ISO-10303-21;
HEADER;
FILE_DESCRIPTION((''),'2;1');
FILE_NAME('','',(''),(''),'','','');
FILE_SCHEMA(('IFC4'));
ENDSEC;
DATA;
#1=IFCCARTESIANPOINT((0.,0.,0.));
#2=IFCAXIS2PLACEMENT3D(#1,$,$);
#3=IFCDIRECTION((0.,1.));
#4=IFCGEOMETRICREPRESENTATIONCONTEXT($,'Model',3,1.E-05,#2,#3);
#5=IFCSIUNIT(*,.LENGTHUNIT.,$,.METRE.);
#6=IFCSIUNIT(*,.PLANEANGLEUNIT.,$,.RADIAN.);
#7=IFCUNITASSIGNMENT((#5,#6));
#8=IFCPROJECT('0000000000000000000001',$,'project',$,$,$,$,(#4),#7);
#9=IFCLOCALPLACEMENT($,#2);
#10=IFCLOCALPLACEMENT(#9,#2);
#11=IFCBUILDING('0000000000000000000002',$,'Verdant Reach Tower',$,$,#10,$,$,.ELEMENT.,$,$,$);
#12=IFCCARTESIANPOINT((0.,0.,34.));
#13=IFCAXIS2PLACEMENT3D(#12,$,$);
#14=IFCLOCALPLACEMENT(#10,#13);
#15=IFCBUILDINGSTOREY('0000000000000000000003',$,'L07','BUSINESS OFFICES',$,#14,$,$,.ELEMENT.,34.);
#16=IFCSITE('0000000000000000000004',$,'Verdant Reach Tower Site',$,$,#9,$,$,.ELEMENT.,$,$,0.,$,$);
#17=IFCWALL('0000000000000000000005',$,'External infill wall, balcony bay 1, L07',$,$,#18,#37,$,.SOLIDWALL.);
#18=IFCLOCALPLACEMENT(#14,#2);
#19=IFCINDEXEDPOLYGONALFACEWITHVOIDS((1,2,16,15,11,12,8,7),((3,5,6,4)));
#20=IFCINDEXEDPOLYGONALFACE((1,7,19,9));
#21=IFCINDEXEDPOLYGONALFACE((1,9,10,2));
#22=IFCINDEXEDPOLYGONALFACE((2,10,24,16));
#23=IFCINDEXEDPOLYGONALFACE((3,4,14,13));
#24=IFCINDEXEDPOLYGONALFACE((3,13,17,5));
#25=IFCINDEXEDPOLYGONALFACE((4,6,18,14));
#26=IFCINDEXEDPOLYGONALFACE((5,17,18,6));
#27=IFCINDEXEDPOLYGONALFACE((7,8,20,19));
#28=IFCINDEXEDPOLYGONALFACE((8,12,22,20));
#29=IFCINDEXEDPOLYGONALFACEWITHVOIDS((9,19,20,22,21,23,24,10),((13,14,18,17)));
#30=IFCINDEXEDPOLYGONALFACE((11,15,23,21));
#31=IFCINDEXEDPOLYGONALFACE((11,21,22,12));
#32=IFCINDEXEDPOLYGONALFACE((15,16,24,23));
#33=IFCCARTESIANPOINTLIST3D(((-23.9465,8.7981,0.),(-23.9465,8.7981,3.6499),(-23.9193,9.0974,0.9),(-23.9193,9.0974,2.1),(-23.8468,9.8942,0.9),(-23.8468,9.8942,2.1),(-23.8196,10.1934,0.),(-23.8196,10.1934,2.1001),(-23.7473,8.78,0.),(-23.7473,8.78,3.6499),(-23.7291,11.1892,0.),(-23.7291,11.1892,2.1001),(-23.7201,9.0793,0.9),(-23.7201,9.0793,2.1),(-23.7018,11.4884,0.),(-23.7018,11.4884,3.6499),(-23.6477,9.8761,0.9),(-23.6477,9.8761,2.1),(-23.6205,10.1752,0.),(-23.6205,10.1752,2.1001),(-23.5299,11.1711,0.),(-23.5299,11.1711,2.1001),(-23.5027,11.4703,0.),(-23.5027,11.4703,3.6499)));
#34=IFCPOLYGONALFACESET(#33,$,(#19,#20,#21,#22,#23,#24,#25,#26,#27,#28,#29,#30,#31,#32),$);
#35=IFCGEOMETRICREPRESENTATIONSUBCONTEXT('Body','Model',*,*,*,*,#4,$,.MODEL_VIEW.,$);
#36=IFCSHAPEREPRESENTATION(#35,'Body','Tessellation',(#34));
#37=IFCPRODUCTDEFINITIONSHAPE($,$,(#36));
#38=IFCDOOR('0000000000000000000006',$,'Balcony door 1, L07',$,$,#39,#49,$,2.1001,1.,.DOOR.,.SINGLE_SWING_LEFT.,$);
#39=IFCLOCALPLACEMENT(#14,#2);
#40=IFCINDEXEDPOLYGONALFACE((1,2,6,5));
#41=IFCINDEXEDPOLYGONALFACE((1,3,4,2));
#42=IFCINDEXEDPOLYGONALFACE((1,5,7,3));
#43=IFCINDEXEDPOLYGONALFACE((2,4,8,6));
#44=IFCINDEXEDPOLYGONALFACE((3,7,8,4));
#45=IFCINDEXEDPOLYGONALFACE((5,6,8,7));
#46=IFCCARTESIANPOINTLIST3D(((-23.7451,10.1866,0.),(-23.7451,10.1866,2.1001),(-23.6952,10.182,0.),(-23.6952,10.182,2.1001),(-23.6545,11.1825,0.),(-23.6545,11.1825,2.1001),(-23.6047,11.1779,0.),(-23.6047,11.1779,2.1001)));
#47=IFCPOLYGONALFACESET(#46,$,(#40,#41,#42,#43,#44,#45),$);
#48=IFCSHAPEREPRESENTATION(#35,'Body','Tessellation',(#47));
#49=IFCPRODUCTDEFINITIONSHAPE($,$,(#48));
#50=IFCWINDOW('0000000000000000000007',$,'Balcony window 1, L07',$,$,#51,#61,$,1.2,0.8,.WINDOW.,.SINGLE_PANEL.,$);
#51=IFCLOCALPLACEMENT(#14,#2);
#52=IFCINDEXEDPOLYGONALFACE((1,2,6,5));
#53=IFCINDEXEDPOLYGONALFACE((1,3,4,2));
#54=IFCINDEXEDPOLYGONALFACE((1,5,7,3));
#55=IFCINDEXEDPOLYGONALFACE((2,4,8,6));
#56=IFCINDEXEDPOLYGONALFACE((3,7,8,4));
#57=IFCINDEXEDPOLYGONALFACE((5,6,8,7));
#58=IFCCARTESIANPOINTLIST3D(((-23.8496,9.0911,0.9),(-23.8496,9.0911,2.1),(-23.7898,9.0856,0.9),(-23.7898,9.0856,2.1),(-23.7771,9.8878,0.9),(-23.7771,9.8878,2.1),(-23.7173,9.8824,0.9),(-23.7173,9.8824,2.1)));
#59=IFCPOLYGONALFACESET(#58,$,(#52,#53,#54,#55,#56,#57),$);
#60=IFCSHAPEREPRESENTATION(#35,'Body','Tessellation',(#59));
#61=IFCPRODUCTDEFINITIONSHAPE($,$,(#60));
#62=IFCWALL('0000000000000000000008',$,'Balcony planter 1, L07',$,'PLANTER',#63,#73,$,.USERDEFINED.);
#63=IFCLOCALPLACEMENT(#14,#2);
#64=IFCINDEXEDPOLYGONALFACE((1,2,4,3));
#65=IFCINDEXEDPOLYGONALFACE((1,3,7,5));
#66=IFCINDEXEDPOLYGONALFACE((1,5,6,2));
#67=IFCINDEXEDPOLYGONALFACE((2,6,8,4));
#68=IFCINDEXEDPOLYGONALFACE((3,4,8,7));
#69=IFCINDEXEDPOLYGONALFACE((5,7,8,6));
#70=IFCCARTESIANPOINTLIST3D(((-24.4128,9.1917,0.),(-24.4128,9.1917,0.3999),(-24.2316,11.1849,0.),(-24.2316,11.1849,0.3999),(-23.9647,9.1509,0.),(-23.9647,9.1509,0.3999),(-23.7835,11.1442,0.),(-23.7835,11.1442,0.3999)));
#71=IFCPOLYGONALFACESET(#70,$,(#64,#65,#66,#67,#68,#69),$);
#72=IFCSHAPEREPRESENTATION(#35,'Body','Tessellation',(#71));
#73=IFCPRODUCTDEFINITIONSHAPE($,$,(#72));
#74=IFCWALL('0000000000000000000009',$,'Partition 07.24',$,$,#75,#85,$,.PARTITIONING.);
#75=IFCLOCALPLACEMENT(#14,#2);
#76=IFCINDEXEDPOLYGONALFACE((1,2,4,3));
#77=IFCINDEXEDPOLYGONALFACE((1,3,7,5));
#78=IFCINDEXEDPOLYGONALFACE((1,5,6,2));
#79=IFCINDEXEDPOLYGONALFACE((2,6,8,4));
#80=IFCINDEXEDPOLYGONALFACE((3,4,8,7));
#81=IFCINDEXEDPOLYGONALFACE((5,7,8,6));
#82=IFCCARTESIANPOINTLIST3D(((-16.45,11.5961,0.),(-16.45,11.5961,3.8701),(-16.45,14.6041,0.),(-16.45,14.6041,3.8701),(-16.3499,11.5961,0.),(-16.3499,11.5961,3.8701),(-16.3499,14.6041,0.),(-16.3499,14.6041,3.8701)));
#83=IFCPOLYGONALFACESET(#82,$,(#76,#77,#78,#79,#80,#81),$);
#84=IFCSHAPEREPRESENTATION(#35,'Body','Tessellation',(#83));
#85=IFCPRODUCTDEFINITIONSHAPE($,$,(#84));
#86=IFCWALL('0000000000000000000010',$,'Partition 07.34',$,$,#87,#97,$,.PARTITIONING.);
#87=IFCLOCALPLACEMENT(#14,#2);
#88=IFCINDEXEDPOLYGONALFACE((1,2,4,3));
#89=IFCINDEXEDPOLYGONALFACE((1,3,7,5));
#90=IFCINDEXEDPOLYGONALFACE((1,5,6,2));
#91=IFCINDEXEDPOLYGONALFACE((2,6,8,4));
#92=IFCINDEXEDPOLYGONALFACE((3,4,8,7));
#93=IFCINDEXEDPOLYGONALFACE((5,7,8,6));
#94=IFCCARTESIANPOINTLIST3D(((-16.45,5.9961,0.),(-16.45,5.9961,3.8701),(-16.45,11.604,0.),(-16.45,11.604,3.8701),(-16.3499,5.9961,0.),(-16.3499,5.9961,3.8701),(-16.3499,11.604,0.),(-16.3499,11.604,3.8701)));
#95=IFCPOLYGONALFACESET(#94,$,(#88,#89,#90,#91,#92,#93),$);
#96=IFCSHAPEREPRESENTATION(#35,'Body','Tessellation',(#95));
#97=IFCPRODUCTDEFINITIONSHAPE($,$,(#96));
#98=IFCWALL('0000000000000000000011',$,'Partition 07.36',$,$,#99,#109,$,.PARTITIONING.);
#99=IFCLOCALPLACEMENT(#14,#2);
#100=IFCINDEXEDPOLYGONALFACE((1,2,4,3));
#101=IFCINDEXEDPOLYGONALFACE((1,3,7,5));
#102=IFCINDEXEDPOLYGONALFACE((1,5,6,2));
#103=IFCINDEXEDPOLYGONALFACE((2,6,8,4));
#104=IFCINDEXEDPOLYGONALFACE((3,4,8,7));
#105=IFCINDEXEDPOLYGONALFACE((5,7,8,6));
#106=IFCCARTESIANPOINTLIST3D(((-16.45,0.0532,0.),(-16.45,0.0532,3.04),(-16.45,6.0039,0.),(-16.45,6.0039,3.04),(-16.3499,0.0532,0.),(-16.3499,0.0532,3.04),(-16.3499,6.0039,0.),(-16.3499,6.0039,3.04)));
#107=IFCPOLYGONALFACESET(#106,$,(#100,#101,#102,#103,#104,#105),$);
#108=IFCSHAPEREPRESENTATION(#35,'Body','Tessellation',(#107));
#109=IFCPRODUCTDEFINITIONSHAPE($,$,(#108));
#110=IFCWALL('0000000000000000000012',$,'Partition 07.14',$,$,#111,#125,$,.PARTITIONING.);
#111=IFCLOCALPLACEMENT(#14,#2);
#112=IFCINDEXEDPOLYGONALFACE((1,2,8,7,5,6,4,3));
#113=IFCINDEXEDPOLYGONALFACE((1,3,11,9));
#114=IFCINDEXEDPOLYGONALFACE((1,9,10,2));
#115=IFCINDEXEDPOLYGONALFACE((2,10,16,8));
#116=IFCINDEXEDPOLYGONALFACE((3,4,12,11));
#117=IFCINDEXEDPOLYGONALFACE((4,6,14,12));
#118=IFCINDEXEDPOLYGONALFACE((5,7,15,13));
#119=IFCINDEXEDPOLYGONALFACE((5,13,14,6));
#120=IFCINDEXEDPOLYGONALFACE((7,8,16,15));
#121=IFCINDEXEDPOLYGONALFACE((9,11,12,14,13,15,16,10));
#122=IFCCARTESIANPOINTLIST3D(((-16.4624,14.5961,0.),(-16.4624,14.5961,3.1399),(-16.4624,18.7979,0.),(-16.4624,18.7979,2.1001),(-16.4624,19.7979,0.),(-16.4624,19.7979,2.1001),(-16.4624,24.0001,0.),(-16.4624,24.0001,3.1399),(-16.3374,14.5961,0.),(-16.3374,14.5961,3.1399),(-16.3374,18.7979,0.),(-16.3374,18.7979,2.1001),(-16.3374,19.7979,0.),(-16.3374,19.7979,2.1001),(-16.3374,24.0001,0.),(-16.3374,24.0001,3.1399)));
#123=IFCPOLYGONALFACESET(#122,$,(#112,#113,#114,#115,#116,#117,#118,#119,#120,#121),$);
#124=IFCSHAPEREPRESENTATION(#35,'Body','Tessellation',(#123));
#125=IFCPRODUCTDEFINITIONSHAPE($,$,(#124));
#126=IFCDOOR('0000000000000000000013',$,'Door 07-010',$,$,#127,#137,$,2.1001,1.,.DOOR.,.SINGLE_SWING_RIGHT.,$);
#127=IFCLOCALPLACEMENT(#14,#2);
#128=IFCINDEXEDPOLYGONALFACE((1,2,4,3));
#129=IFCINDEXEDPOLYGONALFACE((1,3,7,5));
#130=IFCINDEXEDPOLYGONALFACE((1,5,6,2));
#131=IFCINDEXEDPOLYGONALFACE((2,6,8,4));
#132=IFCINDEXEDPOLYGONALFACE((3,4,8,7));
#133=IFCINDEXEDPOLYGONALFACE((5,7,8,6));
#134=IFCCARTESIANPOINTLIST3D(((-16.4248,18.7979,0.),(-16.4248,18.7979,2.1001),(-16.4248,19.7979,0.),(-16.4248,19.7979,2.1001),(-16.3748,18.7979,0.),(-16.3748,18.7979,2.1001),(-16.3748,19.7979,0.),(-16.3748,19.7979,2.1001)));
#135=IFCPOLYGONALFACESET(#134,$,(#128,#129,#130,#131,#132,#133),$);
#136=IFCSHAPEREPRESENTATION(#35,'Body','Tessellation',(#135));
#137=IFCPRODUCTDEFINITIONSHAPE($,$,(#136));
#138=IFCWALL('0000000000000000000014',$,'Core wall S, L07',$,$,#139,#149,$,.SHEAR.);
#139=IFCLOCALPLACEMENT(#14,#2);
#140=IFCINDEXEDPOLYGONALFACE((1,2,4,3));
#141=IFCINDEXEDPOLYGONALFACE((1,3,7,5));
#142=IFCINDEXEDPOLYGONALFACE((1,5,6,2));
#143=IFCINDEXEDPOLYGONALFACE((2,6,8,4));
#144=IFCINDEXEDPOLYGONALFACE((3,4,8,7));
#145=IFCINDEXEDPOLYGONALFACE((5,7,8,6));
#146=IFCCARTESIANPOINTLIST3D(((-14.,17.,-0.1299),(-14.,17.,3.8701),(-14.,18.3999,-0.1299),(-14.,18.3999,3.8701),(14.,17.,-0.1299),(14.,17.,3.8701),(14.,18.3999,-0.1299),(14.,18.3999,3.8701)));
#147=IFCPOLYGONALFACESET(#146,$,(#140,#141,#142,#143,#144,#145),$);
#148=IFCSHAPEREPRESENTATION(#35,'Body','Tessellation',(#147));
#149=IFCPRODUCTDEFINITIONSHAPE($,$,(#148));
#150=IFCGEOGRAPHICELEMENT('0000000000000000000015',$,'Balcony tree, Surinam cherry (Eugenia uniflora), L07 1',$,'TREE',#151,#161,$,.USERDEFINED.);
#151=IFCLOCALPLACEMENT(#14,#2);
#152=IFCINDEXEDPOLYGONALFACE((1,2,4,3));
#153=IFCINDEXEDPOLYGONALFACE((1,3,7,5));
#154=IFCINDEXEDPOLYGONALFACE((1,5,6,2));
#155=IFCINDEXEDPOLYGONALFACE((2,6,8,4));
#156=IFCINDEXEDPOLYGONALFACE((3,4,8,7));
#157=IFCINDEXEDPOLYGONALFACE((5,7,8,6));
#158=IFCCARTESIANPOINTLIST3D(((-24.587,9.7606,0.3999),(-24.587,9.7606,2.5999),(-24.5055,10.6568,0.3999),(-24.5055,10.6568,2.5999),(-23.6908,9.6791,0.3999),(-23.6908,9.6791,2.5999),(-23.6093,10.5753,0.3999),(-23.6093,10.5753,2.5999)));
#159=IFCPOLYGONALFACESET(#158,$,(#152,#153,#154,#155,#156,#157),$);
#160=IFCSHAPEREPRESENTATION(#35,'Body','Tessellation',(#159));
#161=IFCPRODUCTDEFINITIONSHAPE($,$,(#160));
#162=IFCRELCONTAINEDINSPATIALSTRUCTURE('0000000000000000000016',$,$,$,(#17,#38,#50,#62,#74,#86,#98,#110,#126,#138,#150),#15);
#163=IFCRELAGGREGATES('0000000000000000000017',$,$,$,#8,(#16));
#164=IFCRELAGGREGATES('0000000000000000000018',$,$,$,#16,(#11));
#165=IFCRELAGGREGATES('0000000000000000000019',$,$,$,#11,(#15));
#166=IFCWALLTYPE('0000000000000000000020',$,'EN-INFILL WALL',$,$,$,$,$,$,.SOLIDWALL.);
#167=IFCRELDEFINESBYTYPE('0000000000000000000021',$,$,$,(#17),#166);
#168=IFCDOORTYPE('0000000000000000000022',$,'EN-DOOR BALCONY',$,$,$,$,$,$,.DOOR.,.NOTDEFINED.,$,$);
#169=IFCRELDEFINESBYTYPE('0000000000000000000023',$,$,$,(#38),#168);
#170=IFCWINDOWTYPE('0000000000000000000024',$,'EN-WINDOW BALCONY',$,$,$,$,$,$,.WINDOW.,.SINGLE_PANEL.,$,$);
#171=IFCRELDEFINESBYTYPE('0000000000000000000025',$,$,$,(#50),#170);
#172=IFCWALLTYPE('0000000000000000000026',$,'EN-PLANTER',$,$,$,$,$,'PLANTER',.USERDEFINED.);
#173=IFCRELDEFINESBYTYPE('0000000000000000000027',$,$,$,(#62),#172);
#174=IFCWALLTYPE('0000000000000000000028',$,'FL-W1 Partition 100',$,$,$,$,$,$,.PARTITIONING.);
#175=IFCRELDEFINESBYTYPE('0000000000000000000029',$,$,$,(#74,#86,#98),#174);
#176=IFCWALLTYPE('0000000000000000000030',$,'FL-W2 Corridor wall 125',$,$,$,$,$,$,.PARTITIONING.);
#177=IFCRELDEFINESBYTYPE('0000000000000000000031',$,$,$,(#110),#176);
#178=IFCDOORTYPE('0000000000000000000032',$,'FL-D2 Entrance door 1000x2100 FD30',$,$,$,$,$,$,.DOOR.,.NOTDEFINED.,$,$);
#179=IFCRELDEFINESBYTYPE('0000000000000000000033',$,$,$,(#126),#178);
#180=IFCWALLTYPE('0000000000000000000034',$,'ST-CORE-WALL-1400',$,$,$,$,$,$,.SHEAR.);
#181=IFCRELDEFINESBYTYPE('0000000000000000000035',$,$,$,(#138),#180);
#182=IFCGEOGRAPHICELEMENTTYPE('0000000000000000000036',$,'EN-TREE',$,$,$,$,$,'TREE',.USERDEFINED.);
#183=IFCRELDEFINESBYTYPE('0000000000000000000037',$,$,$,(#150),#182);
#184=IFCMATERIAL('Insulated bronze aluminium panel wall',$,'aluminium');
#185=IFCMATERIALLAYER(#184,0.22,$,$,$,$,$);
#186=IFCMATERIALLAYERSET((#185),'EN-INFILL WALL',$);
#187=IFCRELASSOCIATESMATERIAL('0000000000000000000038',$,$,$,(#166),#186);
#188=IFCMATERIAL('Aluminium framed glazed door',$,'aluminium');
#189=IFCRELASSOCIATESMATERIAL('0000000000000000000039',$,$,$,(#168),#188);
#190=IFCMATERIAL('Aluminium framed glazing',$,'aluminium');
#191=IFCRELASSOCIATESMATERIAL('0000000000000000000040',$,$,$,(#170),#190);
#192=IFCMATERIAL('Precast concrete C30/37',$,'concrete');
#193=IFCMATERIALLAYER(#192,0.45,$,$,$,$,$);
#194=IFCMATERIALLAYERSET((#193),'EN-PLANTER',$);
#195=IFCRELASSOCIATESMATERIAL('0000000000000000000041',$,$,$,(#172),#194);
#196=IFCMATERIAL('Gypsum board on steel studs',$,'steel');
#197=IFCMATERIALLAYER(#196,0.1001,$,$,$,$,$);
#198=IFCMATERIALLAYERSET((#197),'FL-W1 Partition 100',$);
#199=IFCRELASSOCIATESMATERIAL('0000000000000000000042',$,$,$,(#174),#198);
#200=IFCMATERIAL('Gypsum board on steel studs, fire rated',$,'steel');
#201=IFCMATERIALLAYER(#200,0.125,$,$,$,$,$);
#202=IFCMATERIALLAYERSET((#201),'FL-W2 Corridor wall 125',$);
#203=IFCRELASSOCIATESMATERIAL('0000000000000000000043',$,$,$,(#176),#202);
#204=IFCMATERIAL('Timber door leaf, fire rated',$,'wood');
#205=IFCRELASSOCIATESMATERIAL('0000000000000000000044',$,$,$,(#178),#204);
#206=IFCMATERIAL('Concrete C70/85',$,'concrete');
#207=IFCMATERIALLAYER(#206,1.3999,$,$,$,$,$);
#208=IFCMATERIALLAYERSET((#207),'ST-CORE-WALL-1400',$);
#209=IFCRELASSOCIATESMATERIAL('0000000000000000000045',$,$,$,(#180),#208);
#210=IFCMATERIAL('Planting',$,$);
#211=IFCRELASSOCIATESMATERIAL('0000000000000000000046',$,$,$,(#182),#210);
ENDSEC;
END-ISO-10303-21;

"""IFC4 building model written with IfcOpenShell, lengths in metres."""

from ifc_helpers import new_model, si_unit, direction, frame, frame_2d, origin, origin_2d, place, context, subcontext, project, spatial, rectangle, extrude, material, layer, layer_set, type_object, element, fill, save


model = new_model("IFC4")

# Units and contexts
model_context = context("Model", 3, precision=1e-05, world=origin(), true_north=direction((0.0, 1.0)))
body_context = subcontext(model_context, "Body", "Model", "MODEL_VIEW")
ifc_project = project(units=[si_unit("LENGTHUNIT", "METRE"), si_unit("PLANEANGLEUNIT", "RADIAN")], contexts=[model_context])

# Site, building, storey
site_placement = place(None, origin())
site = spatial("IfcSite", under=ifc_project, at=site_placement, Name="Verdant Reach Tower Site", CompositionType="ELEMENT", RefElevation=0.0)
building_placement = place(site_placement, origin())
building = spatial("IfcBuilding", under=site, at=building_placement, Name="Verdant Reach Tower", CompositionType="ELEMENT")
storey_placement = place(building_placement, frame((0.0, 0.0, 34.0)))
storey = spatial("IfcBuildingStorey", under=building, at=storey_placement, Name="L07", Description="BUSINESS OFFICES", CompositionType="ELEMENT", Elevation=34.0)

# Wall, openings, door, window
ifc_material_1 = material(Name="Insulated bronze aluminium panel wall", Category="aluminium")
ifc_layer_1 = layer(ifc_material_1, 0.22)
ifc_layer_set_1 = layer_set([ifc_layer_1], Name="EN-INFILL WALL")
wall_type_1 = type_object("IfcWallType", Name="EN-INFILL WALL", PredefinedType="SOLIDWALL", material=ifc_layer_set_1)
wall_1_placement = place(storey_placement, frame((-23.6023, 11.4792, 0.0), z_axis=(0.0, 0.0, 1.0), x_axis=(-0.090552, -0.995892, 0.0)))
wall_1 = element("IfcWall", 1, at=wall_1_placement, inside=storey, type_object=wall_type_1, Name="External infill wall, balcony bay 1, L07", PredefinedType="SOLIDWALL", context=body_context, shape_type="SweptSolid", body=[
    extrude(rectangle(XDim=2.7014, YDim=0.2, at=frame_2d((1.3506, 0.0))), origin(), (0.0, 0.0, 1.0), 3.6499),
])
opening_1_placement = place(wall_1_placement, frame((0.3003, 0.0, 0.0)))
opening_1 = element("IfcOpeningElement", 2, at=opening_1_placement, cuts=wall_1, PredefinedType="OPENING", context=body_context, shape_type="SweptSolid", body=[
    extrude(rectangle(XDim=1.0, YDim=2.1001, at=frame_2d((0.5, 1.05))), frame((0.0, 0.1099, 0.0), z_axis=(0.0, -1.0, 0.0), x_axis=(1.0, 0.0, 0.0)), (0.0, 0.0, 1.0), 0.22),
])
opening_2_placement = place(wall_1_placement, frame((1.6008, 0.0, 0.8999)))
opening_2 = element("IfcOpeningElement", 3, at=opening_2_placement, cuts=wall_1, PredefinedType="OPENING", context=body_context, shape_type="SweptSolid", body=[
    extrude(rectangle(XDim=0.8, YDim=1.2, at=frame_2d((0.3999, 0.6001))), frame((0.0, 0.1099, 0.0), z_axis=(0.0, -1.0, 0.0), x_axis=(1.0, 0.0, 0.0)), (0.0, 0.0, 1.0), 0.22),
])
ifc_material_2 = material(Name="Aluminium framed glazed door", Category="aluminium")
door_type_1 = type_object("IfcDoorType", Name="EN-DOOR BALCONY", OperationType="NOTDEFINED", PredefinedType="DOOR", material=ifc_material_2)
door_1_placement = place(opening_1_placement, origin())
door_1 = element("IfcDoor", 4, at=door_1_placement, inside=storey, type_object=door_type_1, Name="Balcony door 1, L07", OperationType="SINGLE_SWING_LEFT", OverallHeight=2.1001, OverallWidth=1.0, PredefinedType="DOOR", context=body_context, shape_type="SweptSolid", body=[
    extrude(rectangle(XDim=1.0, YDim=2.1001, at=frame_2d((0.5, 1.05))), frame((0.0, 0.0249, 0.0), z_axis=(0.0, -1.0, 0.0), x_axis=(1.0, 0.0, 0.0)), (0.0, 0.0, 1.0), 0.05),
])
fill(opening_1, door_1)
ifc_material_3 = material(Name="Aluminium framed glazing", Category="aluminium")
window_type = type_object("IfcWindowType", Name="EN-WINDOW BALCONY", PartitioningType="SINGLE_PANEL", PredefinedType="WINDOW", material=ifc_material_3)
window_placement = place(opening_2_placement, origin())
window = element("IfcWindow", 5, at=window_placement, inside=storey, type_object=window_type, Name="Balcony window 1, L07", OverallHeight=1.2, OverallWidth=0.8, PartitioningType="SINGLE_PANEL", PredefinedType="WINDOW", context=body_context, shape_type="SweptSolid", body=[
    extrude(rectangle(XDim=0.8, YDim=1.2, at=frame_2d((0.3999, 0.6001))), frame((0.0, 0.03, 0.0), z_axis=(0.0, -1.0, 0.0), x_axis=(1.0, 0.0, 0.0)), (0.0, 0.0, 1.0), 0.0601),
])
fill(opening_2, window)

# Walls
ifc_material_4 = material(Name="Precast concrete C30/37", Category="concrete")
ifc_layer_2 = layer(ifc_material_4, 0.45)
ifc_layer_set_2 = layer_set([ifc_layer_2], Name="EN-PLANTER")
wall_type_2 = type_object("IfcWallType", Name="EN-PLANTER", ElementType="PLANTER", PredefinedType="USERDEFINED", material=ifc_layer_set_2)
wall_2_placement = place(storey_placement, frame((-24.0076, 11.1646, 0.0), z_axis=(0.0, 0.0, 1.0), x_axis=(-0.090514, -0.995895, 0.0)))
element("IfcWall", 6, at=wall_2_placement, inside=storey, type_object=wall_type_2, Name="Balcony planter 1, L07", ObjectType="PLANTER", PredefinedType="USERDEFINED", context=body_context, shape_type="SweptSolid", body=[
    extrude(rectangle(XDim=2.0015, YDim=0.45, at=frame_2d((1.0007, 0.0))), origin(), (0.0, 0.0, 1.0), 0.3999),
])
ifc_material_5 = material(Name="Gypsum board on steel studs", Category="steel")
ifc_layer_3 = layer(ifc_material_5, 0.1001)
ifc_layer_set_3 = layer_set([ifc_layer_3], Name="FL-W1 Partition 100")
wall_type_3 = type_object("IfcWallType", Name="FL-W1 Partition 100", PredefinedType="PARTITIONING", material=ifc_layer_set_3)
wall_3_placement = place(storey_placement, frame((-16.3999, 14.604, 0.0), z_axis=(0.0, 0.0, 1.0), x_axis=(0.0, -1.0, 0.0)))
element("IfcWall", 7, at=wall_3_placement, inside=storey, type_object=wall_type_3, Name="Partition 07.24", PredefinedType="PARTITIONING", context=body_context, shape_type="SweptSolid", body=[
    extrude(rectangle(XDim=3.0081, YDim=0.1001, at=frame_2d((1.5039, 0.0))), origin(), (0.0, 0.0, 1.0), 3.8701),
])
wall_4_placement = place(storey_placement, frame((-16.3999, 11.604, 0.0), z_axis=(0.0, 0.0, 1.0), x_axis=(0.0, -1.0, 0.0)))
element("IfcWall", 8, at=wall_4_placement, inside=storey, type_object=wall_type_3, Name="Partition 07.34", PredefinedType="PARTITIONING", context=body_context, shape_type="SweptSolid", body=[
    extrude(rectangle(XDim=5.6079, YDim=0.1001, at=frame_2d((2.804, 0.0))), origin(), (0.0, 0.0, 1.0), 3.8701),
])
wall_5_placement = place(storey_placement, frame((-16.3999, 6.0039, 0.0), z_axis=(0.0, 0.0, 1.0), x_axis=(0.0, -1.0, 0.0)))
element("IfcWall", 9, at=wall_5_placement, inside=storey, type_object=wall_type_3, Name="Partition 07.36", PredefinedType="PARTITIONING", context=body_context, shape_type="SweptSolid", body=[
    extrude(rectangle(XDim=5.9507, YDim=0.1001, at=frame_2d((2.9753, 0.0))), origin(), (0.0, 0.0, 1.0), 3.04),
])

# Wall, opening, door
ifc_material_6 = material(Name="Gypsum board on steel studs, fire rated", Category="steel")
ifc_layer_4 = layer(ifc_material_6, 0.125)
ifc_layer_set_4 = layer_set([ifc_layer_4], Name="FL-W2 Corridor wall 125")
wall_type_4 = type_object("IfcWallType", Name="FL-W2 Corridor wall 125", PredefinedType="PARTITIONING", material=ifc_layer_set_4)
wall_6_placement = place(storey_placement, frame((-16.3999, 14.5959, 0.0), z_axis=(0.0, 0.0, 1.0), x_axis=(0.0, 1.0, 0.0)))
wall_6 = element("IfcWall", 10, at=wall_6_placement, inside=storey, type_object=wall_type_4, Name="Partition 07.14", PredefinedType="PARTITIONING", context=body_context, shape_type="SweptSolid", body=[
    extrude(rectangle(XDim=9.4041, YDim=0.125, at=frame_2d((4.7021, 0.0))), origin(), (0.0, 0.0, 1.0), 3.1399),
])
opening_3_placement = place(wall_6_placement, frame((4.2019, 0.0, 0.0)))
opening_3 = element("IfcOpeningElement", 11, at=opening_3_placement, cuts=wall_6, PredefinedType="OPENING", context=body_context, shape_type="SweptSolid", body=[
    extrude(rectangle(XDim=1.0, YDim=2.1001, at=frame_2d((0.5, 1.05))), frame((0.0, 0.0725, 0.0), z_axis=(0.0, -1.0, 0.0), x_axis=(1.0, 0.0, 0.0)), (0.0, 0.0, 1.0), 0.145),
])
ifc_material_7 = material(Name="Timber door leaf, fire rated", Category="wood")
door_type_2 = type_object("IfcDoorType", Name="FL-D2 Entrance door 1000x2100 FD30", OperationType="NOTDEFINED", PredefinedType="DOOR", material=ifc_material_7)
door_2_placement = place(opening_3_placement, origin())
door_2 = element("IfcDoor", 12, at=door_2_placement, inside=storey, type_object=door_type_2, Name="Door 07-010", OperationType="SINGLE_SWING_RIGHT", OverallHeight=2.1001, OverallWidth=1.0, PredefinedType="DOOR", context=body_context, shape_type="SweptSolid", body=[
    extrude(rectangle(XDim=1.0, YDim=2.1001, at=frame_2d((0.5, 1.05))), frame((0.0, 0.0249, 0.0), z_axis=(0.0, -1.0, 0.0), x_axis=(1.0, 0.0, 0.0)), (0.0, 0.0, 1.0), 0.05),
])
fill(opening_3, door_2)

# Wall
ifc_material_8 = material(Name="Concrete C70/85", Category="concrete")
ifc_layer_5 = layer(ifc_material_8, 1.3999)
ifc_layer_set_5 = layer_set([ifc_layer_5], Name="ST-CORE-WALL-1400")
wall_type_5 = type_object("IfcWallType", Name="ST-CORE-WALL-1400", PredefinedType="SHEAR", material=ifc_layer_set_5)
wall_7_placement = place(storey_placement, frame((-14.0, 17.7, -0.1299), z_axis=(0.0, 0.0, 1.0), x_axis=(1.0, 0.0, 0.0)))
element("IfcWall", 13, at=wall_7_placement, inside=storey, type_object=wall_type_5, Name="Core wall S, L07", PredefinedType="SHEAR", context=body_context, shape_type="SweptSolid", body=[
    extrude(rectangle(XDim=28.0, YDim=1.3999, at=frame_2d((14.0, 0.0))), origin(), (0.0, 0.0, 1.0), 4.0),
])

# Geographic element
ifc_material_9 = material(Name="Planting")
geographic_element_type = type_object("IfcGeographicElementType", Name="EN-TREE", ElementType="TREE", PredefinedType="USERDEFINED", material=ifc_material_9)
geographic_element_placement = place(storey_placement, frame((-24.0981, 10.168, 0.3999), z_axis=(0.0, 0.0, 1.0), x_axis=(-0.090536, -0.995893, 0.0)))
element("IfcGeographicElement", 14, at=geographic_element_placement, inside=storey, type_object=geographic_element_type, Name="Balcony tree, Surinam cherry (Eugenia uniflora), L07 1", ObjectType="TREE", PredefinedType="USERDEFINED", context=body_context, shape_type="SweptSolid", body=[
    extrude(rectangle(XDim=0.8999, YDim=0.8999, at=origin_2d()), origin(), (0.0, 0.0, 1.0), 2.2),
])

save(model, "model.ifc")
